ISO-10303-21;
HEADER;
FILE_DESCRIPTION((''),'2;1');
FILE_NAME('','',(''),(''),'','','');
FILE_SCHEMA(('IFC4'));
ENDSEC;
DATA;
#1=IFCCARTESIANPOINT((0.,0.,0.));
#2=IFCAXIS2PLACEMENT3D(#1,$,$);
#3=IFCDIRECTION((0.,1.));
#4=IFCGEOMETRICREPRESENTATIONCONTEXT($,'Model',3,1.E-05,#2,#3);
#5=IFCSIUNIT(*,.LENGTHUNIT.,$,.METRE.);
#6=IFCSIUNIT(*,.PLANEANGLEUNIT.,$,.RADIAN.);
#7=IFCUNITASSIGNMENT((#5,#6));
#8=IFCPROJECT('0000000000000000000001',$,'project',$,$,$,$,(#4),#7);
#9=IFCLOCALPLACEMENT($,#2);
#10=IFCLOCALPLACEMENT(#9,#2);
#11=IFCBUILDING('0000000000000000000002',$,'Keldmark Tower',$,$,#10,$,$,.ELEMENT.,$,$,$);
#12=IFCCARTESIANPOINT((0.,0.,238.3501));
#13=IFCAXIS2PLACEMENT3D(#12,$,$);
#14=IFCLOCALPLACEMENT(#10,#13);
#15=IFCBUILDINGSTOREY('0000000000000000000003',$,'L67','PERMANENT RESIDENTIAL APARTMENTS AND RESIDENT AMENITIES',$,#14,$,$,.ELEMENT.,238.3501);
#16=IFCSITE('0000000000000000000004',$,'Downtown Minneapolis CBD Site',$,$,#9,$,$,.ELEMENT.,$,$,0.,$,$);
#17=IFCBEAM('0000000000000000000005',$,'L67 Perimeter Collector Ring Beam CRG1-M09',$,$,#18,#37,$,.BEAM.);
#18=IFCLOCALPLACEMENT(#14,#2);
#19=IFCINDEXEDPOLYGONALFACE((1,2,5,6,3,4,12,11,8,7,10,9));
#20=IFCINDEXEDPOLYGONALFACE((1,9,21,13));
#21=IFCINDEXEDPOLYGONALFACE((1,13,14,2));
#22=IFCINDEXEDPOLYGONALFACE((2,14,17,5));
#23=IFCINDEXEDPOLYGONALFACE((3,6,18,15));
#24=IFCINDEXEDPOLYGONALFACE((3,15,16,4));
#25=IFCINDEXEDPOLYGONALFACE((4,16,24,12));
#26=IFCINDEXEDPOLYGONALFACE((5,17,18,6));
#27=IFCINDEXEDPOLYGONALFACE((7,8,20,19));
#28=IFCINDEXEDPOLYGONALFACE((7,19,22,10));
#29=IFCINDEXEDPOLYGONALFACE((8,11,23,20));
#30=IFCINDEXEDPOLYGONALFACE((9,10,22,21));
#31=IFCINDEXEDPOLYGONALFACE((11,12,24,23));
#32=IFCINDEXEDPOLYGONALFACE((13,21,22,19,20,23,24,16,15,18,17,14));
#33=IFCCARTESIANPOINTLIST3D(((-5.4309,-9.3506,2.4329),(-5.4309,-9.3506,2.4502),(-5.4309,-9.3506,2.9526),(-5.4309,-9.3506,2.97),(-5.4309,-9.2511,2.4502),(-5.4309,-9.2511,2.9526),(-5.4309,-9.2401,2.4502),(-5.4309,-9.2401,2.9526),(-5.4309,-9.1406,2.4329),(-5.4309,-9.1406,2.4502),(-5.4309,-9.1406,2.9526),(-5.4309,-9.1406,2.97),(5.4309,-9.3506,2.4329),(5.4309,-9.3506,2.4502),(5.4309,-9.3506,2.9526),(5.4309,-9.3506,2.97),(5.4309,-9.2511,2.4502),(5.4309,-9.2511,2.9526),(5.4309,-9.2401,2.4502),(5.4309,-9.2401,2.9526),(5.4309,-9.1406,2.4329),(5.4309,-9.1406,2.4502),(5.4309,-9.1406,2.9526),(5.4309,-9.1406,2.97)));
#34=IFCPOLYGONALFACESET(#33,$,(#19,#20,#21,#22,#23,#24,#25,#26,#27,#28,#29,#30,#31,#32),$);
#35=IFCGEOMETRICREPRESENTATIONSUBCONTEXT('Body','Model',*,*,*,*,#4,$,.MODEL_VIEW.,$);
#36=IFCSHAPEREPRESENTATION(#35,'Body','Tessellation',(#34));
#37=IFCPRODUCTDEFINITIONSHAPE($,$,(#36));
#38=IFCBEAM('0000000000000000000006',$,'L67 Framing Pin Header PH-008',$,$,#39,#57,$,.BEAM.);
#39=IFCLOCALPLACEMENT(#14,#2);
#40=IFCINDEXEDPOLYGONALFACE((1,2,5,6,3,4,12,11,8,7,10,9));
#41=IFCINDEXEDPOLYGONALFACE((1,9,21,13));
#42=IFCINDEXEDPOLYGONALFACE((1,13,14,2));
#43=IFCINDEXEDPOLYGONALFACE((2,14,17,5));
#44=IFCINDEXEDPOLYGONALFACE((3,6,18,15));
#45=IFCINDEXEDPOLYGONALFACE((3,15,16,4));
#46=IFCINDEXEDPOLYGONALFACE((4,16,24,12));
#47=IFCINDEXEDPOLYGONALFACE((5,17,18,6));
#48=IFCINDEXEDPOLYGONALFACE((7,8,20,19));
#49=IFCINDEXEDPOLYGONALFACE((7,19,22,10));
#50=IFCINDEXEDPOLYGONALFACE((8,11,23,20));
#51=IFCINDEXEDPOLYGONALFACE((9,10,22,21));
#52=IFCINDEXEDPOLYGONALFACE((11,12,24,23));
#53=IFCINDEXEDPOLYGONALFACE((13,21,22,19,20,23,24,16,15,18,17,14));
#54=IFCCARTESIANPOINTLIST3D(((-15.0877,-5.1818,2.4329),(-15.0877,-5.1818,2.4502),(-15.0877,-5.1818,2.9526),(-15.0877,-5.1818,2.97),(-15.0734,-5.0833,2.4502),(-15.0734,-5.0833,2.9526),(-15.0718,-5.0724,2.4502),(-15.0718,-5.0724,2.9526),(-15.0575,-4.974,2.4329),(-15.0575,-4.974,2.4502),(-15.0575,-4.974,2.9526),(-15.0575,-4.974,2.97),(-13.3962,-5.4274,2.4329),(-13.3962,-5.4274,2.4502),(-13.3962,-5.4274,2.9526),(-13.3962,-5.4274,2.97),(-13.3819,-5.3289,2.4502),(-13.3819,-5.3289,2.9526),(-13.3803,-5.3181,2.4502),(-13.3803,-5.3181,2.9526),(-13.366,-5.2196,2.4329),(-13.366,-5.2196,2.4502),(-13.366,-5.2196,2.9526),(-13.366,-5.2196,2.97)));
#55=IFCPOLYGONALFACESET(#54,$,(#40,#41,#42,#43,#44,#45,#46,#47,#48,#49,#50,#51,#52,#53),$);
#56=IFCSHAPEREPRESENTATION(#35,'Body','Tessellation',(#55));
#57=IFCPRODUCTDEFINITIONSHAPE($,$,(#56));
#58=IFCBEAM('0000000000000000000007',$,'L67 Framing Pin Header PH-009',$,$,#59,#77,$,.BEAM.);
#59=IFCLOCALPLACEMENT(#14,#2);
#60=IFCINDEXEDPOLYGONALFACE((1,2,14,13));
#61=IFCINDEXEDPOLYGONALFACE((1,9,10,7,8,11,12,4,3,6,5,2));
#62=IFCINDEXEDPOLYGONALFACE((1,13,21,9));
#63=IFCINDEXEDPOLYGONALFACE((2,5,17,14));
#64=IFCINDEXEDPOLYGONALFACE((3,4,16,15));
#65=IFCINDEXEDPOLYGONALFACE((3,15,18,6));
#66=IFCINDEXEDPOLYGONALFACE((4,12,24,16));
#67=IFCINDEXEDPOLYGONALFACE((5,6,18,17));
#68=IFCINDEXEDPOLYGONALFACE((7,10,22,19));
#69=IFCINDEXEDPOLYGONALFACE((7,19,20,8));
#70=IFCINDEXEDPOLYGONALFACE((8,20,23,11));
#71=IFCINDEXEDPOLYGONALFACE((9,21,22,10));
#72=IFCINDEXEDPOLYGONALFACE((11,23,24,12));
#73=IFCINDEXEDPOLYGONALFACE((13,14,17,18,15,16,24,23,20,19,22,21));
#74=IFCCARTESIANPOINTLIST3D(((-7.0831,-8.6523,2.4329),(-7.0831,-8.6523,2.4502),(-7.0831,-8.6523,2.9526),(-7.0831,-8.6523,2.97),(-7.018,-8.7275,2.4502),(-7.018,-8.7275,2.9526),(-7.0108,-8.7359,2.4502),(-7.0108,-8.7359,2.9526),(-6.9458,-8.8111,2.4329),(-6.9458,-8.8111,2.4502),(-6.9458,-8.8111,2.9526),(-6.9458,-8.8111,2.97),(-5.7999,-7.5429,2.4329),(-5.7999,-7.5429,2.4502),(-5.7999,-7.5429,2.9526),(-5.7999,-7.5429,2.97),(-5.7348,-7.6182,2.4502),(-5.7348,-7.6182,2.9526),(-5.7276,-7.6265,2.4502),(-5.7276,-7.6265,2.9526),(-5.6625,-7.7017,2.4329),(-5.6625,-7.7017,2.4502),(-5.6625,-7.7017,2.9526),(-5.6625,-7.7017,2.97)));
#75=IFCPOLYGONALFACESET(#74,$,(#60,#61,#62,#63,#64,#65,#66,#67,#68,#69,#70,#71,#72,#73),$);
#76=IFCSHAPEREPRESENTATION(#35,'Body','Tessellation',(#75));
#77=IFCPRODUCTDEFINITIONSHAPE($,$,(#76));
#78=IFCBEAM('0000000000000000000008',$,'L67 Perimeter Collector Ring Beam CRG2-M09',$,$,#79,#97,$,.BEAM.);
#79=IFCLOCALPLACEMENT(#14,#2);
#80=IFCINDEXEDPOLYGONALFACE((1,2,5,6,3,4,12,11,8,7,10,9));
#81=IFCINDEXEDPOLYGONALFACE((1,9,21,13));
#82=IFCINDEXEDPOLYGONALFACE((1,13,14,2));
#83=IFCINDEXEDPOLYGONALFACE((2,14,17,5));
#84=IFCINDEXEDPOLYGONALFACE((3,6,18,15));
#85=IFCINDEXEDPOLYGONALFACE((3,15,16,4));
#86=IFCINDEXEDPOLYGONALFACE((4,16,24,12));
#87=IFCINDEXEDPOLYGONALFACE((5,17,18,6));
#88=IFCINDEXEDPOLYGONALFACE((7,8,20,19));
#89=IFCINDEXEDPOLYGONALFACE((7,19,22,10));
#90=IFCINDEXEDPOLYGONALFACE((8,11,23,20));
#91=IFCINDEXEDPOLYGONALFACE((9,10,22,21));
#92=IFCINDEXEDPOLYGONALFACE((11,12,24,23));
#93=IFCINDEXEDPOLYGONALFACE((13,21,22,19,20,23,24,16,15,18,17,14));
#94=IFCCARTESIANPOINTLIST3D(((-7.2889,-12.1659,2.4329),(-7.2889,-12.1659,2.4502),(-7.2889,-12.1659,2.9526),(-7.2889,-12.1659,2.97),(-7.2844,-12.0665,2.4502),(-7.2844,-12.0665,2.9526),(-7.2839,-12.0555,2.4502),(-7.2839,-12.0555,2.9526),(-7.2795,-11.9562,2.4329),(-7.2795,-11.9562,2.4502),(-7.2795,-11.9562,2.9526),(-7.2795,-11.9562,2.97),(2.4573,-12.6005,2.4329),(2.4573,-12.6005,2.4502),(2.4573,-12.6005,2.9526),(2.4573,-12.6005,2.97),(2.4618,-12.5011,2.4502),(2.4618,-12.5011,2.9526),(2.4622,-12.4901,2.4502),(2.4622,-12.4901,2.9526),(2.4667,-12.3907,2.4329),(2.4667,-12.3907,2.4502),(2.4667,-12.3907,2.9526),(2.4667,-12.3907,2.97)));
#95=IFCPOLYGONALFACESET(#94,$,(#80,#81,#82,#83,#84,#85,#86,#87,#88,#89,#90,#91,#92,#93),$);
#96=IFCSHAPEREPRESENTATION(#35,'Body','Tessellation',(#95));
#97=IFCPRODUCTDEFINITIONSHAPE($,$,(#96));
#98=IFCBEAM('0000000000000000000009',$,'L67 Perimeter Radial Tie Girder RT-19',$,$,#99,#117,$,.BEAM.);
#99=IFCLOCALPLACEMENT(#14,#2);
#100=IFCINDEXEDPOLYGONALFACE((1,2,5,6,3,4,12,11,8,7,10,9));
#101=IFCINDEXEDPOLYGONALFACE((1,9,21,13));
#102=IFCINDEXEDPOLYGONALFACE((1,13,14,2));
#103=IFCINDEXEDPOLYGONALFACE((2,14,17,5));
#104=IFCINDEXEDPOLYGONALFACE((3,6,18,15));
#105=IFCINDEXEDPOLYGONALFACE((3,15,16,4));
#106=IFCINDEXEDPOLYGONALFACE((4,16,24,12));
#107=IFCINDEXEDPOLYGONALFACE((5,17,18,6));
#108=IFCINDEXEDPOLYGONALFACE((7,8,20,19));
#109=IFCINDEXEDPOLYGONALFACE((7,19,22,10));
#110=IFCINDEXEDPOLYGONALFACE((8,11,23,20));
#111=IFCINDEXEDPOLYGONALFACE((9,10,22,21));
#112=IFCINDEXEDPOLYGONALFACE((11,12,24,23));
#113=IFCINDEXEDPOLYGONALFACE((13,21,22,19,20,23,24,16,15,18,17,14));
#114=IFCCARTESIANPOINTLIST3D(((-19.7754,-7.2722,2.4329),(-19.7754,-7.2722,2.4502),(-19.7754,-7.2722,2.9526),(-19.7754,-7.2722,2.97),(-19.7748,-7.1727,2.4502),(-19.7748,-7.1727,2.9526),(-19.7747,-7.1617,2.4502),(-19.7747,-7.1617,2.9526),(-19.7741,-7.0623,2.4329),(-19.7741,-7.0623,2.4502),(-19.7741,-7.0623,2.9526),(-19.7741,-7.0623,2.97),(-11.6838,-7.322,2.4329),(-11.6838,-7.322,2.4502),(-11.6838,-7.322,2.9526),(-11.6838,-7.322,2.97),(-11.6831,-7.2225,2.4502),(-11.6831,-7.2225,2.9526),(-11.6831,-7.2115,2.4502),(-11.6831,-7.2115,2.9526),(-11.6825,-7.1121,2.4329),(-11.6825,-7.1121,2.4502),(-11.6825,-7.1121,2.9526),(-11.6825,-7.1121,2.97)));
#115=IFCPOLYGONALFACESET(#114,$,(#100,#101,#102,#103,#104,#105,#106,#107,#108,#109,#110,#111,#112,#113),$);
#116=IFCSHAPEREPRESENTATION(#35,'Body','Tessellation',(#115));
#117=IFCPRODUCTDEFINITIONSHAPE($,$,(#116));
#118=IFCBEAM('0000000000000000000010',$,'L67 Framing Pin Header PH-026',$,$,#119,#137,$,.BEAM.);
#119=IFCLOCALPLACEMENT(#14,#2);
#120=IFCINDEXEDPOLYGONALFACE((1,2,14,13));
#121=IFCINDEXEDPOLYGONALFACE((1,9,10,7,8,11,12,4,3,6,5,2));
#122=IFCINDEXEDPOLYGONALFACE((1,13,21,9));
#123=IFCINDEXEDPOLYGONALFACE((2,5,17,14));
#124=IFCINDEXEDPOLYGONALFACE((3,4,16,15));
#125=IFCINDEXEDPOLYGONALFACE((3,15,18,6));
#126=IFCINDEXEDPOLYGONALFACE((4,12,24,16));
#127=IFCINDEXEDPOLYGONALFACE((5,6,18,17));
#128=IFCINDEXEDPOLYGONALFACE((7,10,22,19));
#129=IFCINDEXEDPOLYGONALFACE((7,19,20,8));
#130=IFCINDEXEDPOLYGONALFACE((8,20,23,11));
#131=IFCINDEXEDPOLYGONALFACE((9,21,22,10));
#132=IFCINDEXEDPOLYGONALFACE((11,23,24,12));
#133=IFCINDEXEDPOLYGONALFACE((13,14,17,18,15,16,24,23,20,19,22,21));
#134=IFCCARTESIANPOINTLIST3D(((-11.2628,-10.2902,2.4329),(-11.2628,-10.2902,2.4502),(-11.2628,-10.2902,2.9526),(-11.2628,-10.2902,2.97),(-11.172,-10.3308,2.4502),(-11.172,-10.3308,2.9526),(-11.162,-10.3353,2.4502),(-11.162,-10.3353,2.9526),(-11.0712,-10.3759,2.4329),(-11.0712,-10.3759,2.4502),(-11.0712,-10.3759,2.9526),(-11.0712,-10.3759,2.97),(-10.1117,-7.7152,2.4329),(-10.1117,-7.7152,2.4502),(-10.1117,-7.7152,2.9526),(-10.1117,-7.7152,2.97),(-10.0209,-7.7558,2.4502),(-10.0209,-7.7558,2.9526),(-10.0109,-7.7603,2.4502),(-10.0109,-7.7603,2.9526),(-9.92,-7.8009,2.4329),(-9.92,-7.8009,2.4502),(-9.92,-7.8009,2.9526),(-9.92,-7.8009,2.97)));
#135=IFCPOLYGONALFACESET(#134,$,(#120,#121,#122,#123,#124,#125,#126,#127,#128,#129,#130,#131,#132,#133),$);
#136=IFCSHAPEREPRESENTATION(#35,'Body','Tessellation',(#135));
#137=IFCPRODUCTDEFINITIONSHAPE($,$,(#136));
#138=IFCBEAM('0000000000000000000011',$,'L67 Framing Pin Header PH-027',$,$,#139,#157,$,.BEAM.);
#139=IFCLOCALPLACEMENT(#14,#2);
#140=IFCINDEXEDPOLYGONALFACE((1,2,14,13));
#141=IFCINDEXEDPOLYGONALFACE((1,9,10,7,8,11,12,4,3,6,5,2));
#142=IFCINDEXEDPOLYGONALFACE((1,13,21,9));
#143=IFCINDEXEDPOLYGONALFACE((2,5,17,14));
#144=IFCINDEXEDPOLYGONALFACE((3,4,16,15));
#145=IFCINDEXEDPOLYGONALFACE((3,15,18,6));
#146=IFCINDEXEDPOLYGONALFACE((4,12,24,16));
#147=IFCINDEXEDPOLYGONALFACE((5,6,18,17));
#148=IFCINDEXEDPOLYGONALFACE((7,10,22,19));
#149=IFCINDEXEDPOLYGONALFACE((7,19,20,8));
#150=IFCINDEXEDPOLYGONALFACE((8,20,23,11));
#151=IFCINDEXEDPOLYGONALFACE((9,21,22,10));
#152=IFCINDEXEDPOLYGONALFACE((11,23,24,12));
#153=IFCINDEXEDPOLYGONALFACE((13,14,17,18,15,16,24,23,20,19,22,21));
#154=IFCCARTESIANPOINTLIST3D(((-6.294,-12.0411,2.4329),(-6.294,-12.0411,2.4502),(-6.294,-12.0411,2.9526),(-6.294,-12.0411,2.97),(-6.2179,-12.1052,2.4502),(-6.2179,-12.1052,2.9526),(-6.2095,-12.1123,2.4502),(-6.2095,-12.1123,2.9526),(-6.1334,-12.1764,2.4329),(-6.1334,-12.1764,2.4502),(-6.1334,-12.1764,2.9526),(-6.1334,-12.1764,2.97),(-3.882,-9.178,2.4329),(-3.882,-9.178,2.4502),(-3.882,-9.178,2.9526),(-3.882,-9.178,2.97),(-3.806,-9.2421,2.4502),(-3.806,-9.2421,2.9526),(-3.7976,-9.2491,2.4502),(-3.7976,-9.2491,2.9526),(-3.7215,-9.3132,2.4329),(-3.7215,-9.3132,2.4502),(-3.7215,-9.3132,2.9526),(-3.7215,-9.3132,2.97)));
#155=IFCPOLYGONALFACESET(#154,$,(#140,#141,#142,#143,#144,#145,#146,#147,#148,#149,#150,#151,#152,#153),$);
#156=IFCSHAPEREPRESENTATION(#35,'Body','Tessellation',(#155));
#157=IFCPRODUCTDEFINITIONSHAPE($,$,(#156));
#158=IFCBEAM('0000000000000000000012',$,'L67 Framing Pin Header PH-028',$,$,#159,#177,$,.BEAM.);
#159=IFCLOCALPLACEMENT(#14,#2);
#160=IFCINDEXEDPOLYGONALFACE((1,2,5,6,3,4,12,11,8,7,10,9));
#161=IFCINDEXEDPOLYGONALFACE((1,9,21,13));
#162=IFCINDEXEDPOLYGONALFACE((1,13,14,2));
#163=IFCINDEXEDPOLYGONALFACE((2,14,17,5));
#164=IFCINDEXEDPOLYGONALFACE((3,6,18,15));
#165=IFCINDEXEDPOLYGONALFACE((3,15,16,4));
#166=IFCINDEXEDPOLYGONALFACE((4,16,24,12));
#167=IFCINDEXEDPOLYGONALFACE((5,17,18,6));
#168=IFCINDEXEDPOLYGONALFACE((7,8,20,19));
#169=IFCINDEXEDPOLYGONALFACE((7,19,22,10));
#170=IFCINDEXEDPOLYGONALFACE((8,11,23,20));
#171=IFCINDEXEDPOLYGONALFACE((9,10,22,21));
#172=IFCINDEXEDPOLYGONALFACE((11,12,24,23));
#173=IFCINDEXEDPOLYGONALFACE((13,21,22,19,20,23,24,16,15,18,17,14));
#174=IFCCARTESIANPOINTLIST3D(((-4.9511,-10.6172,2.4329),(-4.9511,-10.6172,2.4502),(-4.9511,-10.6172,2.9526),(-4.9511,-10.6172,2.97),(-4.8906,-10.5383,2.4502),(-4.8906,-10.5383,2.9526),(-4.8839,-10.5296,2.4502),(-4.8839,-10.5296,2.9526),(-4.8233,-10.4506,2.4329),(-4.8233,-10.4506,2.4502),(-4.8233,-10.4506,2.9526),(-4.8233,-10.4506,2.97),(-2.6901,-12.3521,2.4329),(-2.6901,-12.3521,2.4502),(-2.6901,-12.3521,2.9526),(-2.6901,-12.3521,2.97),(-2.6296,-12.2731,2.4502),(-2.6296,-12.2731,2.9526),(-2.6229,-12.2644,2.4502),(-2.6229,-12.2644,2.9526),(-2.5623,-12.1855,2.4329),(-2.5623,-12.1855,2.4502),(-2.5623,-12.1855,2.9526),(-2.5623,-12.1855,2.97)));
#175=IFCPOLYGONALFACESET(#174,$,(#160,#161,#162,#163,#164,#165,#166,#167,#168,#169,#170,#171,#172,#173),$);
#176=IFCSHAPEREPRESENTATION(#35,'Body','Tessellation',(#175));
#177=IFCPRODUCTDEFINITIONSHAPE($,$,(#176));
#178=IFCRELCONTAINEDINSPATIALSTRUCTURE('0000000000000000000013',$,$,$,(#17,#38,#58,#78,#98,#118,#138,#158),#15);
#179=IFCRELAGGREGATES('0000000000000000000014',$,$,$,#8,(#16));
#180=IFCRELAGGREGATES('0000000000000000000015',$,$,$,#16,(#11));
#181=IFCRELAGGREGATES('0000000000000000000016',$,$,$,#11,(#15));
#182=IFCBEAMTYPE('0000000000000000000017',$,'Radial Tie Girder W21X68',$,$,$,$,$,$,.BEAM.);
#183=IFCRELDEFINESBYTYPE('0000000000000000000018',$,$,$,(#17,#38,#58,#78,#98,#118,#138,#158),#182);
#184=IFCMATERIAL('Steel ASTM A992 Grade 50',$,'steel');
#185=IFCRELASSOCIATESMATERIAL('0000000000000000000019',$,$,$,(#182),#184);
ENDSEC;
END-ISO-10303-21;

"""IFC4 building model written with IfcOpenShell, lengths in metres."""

from ifc_helpers import new_model, si_unit, direction, frame, origin, origin_2d, place, context, subcontext, project, spatial, i_section, extrude, material, material_profile, profile_set, type_object, element, save


model = new_model("IFC4")

# Units and contexts
model_context = context("Model", 3, precision=1e-05, world=origin(), true_north=direction((0.0, 1.0)))
body_context = subcontext(model_context, "Body", "Model", "MODEL_VIEW")
ifc_project = project(units=[si_unit("LENGTHUNIT", "METRE"), si_unit("PLANEANGLEUNIT", "RADIAN")], contexts=[model_context])

# Site, building, storey
site_placement = place(None, origin())
site = spatial("IfcSite", under=ifc_project, at=site_placement, Name="Downtown Minneapolis CBD Site", CompositionType="ELEMENT", RefElevation=0.0)
building_placement = place(site_placement, origin())
building = spatial("IfcBuilding", under=site, at=building_placement, Name="Keldmark Tower", CompositionType="ELEMENT")
storey_placement = place(building_placement, frame((0.0, 0.0, 238.3501)))
storey = spatial("IfcBuildingStorey", under=building, at=storey_placement, Name="L67", Description="PERMANENT RESIDENTIAL APARTMENTS AND RESIDENT AMENITIES", CompositionType="ELEMENT", Elevation=238.3501)

# Beams
ifc_material_1 = material(Name="Steel ASTM A992 Grade 50", Category="steel")
ifc_material_profile_1 = material_profile(ifc_material_1, i_section(OverallWidth=0.21, OverallDepth=0.5371, WebThickness=0.011, FlangeThickness=0.0173, at=origin_2d()), Name="W21X68")
ifc_profile_set_1 = profile_set([ifc_material_profile_1], Name="Steel ASTM A992 Grade 50")
beam_type_1 = type_object("IfcBeamType", Name="Radial Tie Girder W21X68", PredefinedType="BEAM", material=ifc_profile_set_1)
beam_1_placement = place(storey_placement, frame((-5.4309, -9.2456, 2.7014), z_axis=(1.0, 0.0, 0.0), x_axis=(0.0, 1.0, 0.0)))
element("IfcBeam", 1, at=beam_1_placement, inside=storey, type_object=beam_type_1, Name="L67 Perimeter Collector Ring Beam CRG1-M09", PredefinedType="BEAM", context=body_context, shape_type="SweptSolid", body=[
    extrude(i_section(OverallWidth=0.21, OverallDepth=0.5371, WebThickness=0.011, FlangeThickness=0.0173, at=origin_2d()), origin(), (0.0, 0.0, 1.0), 10.8618),
])
beam_2_placement = place(storey_placement, frame((-13.3811, -5.3235, 2.7014), z_axis=(-0.989621, 0.143701, 0.0), x_axis=(-0.143701, -0.989621, 0.0)))
element("IfcBeam", 2, at=beam_2_placement, inside=storey, type_object=beam_type_1, Name="L67 Framing Pin Header PH-008", PredefinedType="BEAM", context=body_context, shape_type="SweptSolid", body=[
    extrude(i_section(OverallWidth=0.21, OverallDepth=0.5371, WebThickness=0.011, FlangeThickness=0.0173, at=origin_2d()), origin(), (0.0, 0.0, 1.0), 1.7092),
])
beam_3_placement = place(storey_placement, frame((-5.7312, -7.6223, 2.7014), z_axis=(-0.756486, -0.654009, 0.0), x_axis=(0.654009, -0.756486, 0.0)))
element("IfcBeam", 3, at=beam_3_placement, inside=storey, type_object=beam_type_1, Name="L67 Framing Pin Header PH-009", PredefinedType="BEAM", context=body_context, shape_type="SweptSolid", body=[
    extrude(i_section(OverallWidth=0.21, OverallDepth=0.5371, WebThickness=0.011, FlangeThickness=0.0173, at=origin_2d()), origin(), (0.0, 0.0, 1.0), 1.6963),
])
beam_4_placement = place(storey_placement, frame((-7.2842, -12.061, 2.7014), z_axis=(0.999007, -0.044545, 0.0), x_axis=(0.044545, 0.999007, 0.0)))
element("IfcBeam", 4, at=beam_4_placement, inside=storey, type_object=beam_type_1, Name="L67 Perimeter Collector Ring Beam CRG2-M09", PredefinedType="BEAM", context=body_context, shape_type="SweptSolid", body=[
    extrude(i_section(OverallWidth=0.21, OverallDepth=0.5371, WebThickness=0.011, FlangeThickness=0.0173, at=origin_2d()), origin(), (0.0, 0.0, 1.0), 9.7559),
])
beam_5_placement = place(storey_placement, frame((-11.6831, -7.217, 2.7014), z_axis=(-0.999981, 0.006155, 0.0), x_axis=(-0.006155, -0.999981, 0.0)))
element("IfcBeam", 5, at=beam_5_placement, inside=storey, type_object=beam_type_1, Name="L67 Perimeter Radial Tie Girder RT-19", PredefinedType="BEAM", context=body_context, shape_type="SweptSolid", body=[
    extrude(i_section(OverallWidth=0.21, OverallDepth=0.5371, WebThickness=0.011, FlangeThickness=0.0173, at=origin_2d()), origin(), (0.0, 0.0, 1.0), 8.0918),
])
beam_6_placement = place(storey_placement, frame((-10.0159, -7.7581, 2.7014), z_axis=(-0.408121, -0.912928, 0.0), x_axis=(0.912928, -0.408121, 0.0)))
element("IfcBeam", 6, at=beam_6_placement, inside=storey, type_object=beam_type_1, Name="L67 Framing Pin Header PH-026", PredefinedType="BEAM", context=body_context, shape_type="SweptSolid", body=[
    extrude(i_section(OverallWidth=0.21, OverallDepth=0.5371, WebThickness=0.011, FlangeThickness=0.0173, at=origin_2d()), origin(), (0.0, 0.0, 1.0), 2.8206),
])
beam_7_placement = place(storey_placement, frame((-3.8018, -9.2456, 2.7014), z_axis=(-0.644274, -0.764794, 0.0), x_axis=(0.764794, -0.644274, 0.0)))
element("IfcBeam", 7, at=beam_7_placement, inside=storey, type_object=beam_type_1, Name="L67 Framing Pin Header PH-027", PredefinedType="BEAM", context=body_context, shape_type="SweptSolid", body=[
    extrude(i_section(OverallWidth=0.21, OverallDepth=0.5371, WebThickness=0.011, FlangeThickness=0.0173, at=origin_2d()), origin(), (0.0, 0.0, 1.0), 3.7437),
])
beam_8_placement = place(storey_placement, frame((-4.8872, -10.5339, 2.7014), z_axis=(0.793362, -0.60875, 0.0), x_axis=(0.60875, 0.793362, 0.0)))
element("IfcBeam", 8, at=beam_8_placement, inside=storey, type_object=beam_type_1, Name="L67 Framing Pin Header PH-028", PredefinedType="BEAM", context=body_context, shape_type="SweptSolid", body=[
    extrude(i_section(OverallWidth=0.21, OverallDepth=0.5371, WebThickness=0.011, FlangeThickness=0.0173, at=origin_2d()), origin(), (0.0, 0.0, 1.0), 2.8499),
])

save(model, "model.ifc")
